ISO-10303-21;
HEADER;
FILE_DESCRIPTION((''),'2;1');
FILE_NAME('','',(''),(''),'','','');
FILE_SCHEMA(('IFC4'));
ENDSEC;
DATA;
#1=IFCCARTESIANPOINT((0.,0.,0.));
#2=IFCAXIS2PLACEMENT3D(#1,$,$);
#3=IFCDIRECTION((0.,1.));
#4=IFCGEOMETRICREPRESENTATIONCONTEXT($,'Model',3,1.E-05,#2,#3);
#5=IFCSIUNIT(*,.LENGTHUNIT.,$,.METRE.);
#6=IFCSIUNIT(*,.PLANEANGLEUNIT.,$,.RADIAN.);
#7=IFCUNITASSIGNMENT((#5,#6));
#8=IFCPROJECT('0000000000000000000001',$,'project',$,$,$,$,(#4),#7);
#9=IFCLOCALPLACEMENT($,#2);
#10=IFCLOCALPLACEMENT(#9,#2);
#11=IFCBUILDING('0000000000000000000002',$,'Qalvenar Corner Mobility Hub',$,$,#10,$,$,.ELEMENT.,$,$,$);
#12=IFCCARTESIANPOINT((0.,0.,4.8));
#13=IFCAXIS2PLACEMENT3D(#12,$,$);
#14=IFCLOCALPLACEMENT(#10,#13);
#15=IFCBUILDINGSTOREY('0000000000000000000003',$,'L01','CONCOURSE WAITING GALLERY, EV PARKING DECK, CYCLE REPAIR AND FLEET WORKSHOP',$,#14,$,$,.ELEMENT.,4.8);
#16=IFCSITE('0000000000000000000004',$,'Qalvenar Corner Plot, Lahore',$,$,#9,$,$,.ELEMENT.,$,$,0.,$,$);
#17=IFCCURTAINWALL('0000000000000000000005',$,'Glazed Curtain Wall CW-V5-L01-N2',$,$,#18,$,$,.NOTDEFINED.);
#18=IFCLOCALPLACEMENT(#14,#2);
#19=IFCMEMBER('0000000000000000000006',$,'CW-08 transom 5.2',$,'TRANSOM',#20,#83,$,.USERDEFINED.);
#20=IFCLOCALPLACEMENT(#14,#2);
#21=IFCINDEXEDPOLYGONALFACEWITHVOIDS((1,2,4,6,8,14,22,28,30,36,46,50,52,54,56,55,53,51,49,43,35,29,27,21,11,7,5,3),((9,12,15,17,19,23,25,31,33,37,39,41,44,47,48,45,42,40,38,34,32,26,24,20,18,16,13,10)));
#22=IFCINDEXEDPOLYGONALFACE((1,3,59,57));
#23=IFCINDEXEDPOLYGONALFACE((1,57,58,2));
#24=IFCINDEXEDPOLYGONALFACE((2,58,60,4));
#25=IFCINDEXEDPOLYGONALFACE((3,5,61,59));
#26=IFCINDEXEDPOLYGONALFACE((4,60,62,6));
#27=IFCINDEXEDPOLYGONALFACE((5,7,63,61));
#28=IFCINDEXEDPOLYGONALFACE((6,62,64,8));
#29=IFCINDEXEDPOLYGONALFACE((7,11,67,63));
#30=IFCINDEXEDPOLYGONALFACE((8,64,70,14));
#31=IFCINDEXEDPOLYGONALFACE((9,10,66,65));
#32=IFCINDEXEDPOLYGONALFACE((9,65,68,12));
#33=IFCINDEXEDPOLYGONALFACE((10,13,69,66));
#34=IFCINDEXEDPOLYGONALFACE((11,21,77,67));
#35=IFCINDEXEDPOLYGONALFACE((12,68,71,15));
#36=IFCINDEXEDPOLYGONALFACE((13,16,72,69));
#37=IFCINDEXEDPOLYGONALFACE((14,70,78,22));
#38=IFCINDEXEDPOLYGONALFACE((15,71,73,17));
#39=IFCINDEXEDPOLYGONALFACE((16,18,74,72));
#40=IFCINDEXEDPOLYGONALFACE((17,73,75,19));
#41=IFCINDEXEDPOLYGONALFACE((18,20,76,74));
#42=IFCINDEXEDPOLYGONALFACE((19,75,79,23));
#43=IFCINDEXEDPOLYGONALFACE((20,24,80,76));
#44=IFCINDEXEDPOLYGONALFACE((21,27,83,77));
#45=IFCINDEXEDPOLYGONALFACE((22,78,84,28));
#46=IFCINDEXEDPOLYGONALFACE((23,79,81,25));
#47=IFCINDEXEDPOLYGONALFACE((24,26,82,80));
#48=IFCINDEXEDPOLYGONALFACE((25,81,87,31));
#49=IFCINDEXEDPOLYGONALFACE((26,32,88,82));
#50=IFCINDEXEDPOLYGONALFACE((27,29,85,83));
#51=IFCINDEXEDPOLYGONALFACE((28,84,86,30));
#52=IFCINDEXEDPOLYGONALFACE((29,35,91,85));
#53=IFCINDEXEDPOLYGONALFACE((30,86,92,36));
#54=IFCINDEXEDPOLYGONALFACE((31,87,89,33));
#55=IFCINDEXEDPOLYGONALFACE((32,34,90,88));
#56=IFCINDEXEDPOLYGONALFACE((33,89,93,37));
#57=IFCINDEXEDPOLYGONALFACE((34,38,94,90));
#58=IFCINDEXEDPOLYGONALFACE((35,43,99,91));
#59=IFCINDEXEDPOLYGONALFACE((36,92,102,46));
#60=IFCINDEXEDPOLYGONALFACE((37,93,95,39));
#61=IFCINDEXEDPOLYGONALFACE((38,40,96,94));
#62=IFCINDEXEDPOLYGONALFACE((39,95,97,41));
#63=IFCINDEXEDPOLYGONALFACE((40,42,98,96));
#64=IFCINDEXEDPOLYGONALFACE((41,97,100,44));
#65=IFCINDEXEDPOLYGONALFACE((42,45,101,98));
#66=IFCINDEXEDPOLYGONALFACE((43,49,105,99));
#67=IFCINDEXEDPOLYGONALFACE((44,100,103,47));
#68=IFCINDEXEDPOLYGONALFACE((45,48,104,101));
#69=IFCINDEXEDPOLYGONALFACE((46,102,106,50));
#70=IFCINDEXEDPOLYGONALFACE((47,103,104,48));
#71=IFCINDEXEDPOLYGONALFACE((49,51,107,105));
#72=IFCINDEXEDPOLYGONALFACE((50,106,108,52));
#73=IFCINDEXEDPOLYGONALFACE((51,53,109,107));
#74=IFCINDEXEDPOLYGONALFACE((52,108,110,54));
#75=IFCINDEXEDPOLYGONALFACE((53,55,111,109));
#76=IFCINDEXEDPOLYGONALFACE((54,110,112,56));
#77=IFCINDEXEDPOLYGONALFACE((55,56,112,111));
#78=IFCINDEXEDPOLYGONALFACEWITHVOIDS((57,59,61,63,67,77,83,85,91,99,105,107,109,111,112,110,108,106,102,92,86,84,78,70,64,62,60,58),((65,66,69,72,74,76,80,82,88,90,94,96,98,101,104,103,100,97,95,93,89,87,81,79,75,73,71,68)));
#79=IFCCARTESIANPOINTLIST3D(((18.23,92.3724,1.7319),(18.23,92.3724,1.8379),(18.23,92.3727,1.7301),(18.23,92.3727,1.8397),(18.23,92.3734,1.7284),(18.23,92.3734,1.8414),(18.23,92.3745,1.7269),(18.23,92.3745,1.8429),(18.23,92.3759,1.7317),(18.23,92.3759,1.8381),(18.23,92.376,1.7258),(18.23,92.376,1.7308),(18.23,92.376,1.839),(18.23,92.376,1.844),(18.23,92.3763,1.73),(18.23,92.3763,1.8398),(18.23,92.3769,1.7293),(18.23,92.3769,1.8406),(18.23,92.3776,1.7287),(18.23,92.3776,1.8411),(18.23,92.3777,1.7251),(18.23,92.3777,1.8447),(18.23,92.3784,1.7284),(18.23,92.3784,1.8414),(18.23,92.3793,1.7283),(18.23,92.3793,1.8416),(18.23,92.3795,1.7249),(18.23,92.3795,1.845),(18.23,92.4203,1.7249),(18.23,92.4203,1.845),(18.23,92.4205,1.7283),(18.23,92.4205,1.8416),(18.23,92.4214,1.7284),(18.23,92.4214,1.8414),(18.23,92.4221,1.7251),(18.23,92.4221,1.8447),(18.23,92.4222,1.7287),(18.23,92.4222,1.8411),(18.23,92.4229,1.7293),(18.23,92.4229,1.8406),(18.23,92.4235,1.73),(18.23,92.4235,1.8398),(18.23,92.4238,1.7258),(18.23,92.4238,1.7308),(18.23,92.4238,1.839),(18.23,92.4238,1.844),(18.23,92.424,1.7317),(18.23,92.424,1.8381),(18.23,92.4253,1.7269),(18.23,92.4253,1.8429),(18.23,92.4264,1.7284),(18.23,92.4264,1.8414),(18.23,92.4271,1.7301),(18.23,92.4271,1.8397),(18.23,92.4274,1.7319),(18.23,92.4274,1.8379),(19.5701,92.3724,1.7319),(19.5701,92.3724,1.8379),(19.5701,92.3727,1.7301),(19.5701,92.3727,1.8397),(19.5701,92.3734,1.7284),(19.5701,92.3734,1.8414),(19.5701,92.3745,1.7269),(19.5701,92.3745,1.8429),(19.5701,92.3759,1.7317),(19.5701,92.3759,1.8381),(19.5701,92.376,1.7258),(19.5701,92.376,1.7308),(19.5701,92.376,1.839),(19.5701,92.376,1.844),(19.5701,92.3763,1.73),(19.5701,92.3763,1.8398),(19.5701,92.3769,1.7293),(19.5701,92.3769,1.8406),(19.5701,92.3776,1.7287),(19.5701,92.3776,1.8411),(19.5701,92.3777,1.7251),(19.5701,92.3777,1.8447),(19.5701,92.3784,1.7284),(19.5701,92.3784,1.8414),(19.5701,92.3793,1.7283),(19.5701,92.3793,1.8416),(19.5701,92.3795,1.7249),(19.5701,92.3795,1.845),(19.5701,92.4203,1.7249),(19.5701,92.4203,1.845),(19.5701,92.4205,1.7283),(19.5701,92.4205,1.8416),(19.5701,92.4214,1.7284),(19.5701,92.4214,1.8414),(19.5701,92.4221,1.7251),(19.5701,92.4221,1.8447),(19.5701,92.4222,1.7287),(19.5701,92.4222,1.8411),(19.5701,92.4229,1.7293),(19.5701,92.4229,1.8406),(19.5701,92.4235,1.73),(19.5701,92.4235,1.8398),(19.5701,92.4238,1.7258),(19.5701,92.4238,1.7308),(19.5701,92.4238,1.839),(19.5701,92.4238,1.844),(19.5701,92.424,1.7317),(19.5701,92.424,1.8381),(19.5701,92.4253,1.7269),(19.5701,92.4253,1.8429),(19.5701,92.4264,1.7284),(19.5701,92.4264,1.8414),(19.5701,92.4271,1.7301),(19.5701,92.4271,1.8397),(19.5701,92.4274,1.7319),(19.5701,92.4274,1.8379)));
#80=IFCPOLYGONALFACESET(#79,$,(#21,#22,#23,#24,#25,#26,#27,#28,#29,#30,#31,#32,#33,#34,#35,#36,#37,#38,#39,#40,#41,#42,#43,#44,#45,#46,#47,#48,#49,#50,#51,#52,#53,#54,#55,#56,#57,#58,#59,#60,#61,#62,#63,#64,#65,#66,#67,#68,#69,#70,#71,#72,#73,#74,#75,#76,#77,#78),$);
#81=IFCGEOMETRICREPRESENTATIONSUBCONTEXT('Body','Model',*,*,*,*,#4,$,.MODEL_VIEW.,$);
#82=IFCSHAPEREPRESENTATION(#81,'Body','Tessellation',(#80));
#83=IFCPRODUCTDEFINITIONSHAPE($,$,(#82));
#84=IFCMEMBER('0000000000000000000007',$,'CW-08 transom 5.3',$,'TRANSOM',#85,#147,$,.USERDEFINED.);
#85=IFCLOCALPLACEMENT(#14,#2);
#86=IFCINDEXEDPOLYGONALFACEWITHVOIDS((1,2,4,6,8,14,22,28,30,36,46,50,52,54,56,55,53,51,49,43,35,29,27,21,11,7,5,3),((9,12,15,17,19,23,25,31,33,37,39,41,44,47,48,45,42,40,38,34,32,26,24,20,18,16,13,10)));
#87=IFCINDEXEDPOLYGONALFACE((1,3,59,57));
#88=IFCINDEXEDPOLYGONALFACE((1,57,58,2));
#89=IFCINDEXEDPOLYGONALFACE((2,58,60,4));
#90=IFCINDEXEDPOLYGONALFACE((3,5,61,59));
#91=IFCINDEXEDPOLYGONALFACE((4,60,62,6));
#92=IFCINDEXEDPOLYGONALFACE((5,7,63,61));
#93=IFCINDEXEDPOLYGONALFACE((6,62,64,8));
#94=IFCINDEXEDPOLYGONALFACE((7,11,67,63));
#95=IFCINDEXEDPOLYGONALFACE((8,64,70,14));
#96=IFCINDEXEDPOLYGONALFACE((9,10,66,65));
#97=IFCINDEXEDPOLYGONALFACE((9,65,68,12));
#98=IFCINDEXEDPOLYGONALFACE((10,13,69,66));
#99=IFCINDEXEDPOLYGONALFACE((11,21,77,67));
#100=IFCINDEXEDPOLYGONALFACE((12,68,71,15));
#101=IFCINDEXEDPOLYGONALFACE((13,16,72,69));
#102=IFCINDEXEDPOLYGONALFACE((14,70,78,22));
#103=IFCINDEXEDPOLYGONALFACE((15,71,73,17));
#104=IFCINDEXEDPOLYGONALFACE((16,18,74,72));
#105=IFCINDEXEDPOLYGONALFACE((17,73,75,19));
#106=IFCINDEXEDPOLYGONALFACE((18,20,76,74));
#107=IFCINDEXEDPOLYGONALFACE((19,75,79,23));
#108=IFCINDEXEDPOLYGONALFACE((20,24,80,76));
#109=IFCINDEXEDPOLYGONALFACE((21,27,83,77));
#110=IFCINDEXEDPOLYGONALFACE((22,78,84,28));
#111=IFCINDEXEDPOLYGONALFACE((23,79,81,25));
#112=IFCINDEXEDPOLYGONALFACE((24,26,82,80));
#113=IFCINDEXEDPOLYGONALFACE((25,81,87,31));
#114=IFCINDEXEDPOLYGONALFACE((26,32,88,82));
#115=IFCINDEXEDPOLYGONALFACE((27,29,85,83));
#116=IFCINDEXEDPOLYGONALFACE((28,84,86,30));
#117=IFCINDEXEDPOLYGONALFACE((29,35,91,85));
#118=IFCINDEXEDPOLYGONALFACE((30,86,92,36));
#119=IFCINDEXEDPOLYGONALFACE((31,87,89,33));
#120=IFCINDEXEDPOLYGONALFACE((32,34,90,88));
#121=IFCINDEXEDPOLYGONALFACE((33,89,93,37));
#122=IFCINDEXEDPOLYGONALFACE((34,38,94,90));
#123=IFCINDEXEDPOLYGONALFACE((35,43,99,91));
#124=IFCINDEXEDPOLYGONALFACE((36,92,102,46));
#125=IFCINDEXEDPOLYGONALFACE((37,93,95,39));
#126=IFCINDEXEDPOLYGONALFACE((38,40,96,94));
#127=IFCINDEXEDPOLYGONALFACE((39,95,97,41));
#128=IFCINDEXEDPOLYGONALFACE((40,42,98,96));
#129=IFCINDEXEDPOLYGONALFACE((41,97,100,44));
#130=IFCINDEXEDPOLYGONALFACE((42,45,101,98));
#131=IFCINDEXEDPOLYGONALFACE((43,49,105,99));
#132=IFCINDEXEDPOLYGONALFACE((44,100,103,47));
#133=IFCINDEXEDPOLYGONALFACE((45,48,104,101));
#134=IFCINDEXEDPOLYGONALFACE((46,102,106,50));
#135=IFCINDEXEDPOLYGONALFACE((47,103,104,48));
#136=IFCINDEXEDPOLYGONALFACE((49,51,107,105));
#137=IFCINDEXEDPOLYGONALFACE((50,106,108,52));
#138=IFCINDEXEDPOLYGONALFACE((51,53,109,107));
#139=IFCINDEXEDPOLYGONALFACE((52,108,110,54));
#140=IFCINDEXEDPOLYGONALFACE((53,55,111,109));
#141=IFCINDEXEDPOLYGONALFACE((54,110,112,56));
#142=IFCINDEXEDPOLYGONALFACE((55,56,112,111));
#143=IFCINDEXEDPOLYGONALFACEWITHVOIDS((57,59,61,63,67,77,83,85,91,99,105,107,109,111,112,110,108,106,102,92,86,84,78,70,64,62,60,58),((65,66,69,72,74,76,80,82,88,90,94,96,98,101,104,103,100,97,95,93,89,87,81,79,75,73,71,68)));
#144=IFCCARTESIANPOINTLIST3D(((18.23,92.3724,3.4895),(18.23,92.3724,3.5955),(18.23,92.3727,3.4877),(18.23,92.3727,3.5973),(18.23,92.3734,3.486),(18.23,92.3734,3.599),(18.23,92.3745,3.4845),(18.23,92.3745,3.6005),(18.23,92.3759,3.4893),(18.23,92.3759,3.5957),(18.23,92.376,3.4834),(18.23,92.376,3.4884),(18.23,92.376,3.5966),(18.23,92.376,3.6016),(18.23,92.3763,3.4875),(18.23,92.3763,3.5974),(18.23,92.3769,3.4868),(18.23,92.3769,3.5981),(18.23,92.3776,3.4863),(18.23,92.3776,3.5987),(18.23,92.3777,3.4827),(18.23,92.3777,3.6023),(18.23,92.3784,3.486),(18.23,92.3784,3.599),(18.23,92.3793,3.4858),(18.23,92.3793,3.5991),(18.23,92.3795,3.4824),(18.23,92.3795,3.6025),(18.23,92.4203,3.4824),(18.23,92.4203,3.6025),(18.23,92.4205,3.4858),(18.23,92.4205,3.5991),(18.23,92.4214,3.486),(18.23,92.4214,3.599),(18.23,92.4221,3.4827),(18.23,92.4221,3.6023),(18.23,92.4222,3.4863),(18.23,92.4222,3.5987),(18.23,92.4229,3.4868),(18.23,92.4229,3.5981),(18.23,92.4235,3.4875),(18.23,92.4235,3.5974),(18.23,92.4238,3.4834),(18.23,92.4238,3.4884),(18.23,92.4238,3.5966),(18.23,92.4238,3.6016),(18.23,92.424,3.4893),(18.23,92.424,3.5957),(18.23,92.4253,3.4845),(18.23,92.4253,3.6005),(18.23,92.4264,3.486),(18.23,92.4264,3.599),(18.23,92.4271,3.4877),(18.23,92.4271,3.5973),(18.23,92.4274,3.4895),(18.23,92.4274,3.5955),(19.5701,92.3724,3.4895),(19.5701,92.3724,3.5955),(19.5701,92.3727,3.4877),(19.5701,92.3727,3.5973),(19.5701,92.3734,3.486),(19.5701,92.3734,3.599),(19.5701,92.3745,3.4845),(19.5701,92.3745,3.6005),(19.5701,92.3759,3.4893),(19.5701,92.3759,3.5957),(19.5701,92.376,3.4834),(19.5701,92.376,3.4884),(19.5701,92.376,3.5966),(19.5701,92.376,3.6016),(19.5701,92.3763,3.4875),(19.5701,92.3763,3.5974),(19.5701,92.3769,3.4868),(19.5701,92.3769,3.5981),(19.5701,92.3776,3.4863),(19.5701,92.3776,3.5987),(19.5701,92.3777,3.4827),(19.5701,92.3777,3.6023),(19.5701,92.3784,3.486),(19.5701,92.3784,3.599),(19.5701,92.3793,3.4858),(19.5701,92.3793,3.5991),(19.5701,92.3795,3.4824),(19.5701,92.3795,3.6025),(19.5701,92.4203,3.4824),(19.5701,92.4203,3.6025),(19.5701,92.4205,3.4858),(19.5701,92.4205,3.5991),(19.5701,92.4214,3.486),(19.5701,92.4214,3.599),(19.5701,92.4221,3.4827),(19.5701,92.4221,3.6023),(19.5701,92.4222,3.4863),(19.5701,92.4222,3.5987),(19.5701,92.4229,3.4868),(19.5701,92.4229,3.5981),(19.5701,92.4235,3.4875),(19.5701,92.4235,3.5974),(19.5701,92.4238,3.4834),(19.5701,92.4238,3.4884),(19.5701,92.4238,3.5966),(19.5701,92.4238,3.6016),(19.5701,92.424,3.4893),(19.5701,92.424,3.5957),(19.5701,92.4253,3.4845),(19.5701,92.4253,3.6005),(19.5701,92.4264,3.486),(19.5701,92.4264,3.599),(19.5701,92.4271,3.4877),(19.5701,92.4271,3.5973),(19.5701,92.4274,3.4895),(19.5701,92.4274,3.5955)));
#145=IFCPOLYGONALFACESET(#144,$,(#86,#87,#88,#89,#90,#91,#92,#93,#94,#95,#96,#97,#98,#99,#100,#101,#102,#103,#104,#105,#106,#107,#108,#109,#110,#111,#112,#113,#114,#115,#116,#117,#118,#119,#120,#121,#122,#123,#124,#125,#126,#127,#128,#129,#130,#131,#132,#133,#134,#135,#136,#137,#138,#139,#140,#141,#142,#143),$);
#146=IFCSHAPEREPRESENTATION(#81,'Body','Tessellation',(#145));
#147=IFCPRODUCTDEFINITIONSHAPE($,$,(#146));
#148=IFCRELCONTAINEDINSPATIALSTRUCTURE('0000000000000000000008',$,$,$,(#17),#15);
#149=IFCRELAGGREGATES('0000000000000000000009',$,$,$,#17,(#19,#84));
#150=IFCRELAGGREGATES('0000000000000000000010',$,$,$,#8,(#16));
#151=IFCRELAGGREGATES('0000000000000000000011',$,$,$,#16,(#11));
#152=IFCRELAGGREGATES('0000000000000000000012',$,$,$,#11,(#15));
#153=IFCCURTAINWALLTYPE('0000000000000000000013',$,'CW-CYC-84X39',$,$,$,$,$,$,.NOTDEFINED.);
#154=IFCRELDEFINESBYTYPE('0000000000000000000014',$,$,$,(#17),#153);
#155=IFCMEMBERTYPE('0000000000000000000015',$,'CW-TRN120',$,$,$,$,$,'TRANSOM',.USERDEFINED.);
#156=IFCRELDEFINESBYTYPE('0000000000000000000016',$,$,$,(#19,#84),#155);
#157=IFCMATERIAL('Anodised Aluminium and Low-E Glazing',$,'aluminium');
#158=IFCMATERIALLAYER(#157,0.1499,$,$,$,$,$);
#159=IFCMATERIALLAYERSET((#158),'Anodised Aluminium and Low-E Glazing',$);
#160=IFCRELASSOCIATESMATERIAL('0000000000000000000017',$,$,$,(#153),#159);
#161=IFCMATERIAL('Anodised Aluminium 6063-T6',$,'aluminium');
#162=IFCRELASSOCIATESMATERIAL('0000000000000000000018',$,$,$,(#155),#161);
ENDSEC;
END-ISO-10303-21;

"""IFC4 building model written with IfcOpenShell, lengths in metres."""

from ifc_helpers import new_model, si_unit, direction, frame, origin, origin_2d, place, context, subcontext, project, spatial, hollow_rectangle, extrude, material, layer, layer_set, material_profile, profile_set, type_object, element, aggregate, save


model = new_model("IFC4")

# Units and contexts
model_context = context("Model", 3, precision=1e-05, world=origin(), true_north=direction((0.0, 1.0)))
body_context = subcontext(model_context, "Body", "Model", "MODEL_VIEW")
ifc_project = project(units=[si_unit("LENGTHUNIT", "METRE"), si_unit("PLANEANGLEUNIT", "RADIAN")], contexts=[model_context])

# Site, building, storey
site_placement = place(None, origin())
site = spatial("IfcSite", under=ifc_project, at=site_placement, Name="Qalvenar Corner Plot, Lahore", CompositionType="ELEMENT", RefElevation=0.0)
building_placement = place(site_placement, origin())
building = spatial("IfcBuilding", under=site, at=building_placement, Name="Qalvenar Corner Mobility Hub", CompositionType="ELEMENT")
storey_placement = place(building_placement, frame((0.0, 0.0, 4.8)))
storey = spatial("IfcBuildingStorey", under=building, at=storey_placement, Name="L01", Description="CONCOURSE WAITING GALLERY, EV PARKING DECK, CYCLE REPAIR AND FLEET WORKSHOP", CompositionType="ELEMENT", Elevation=4.8)

# Curtain wall, members
ifc_material_1 = material(Name="Anodised Aluminium and Low-E Glazing", Category="aluminium")
ifc_layer_1 = layer(ifc_material_1, 0.1499)
ifc_layer_set_1 = layer_set([ifc_layer_1], Name="Anodised Aluminium and Low-E Glazing")
curtain_wall_type = type_object("IfcCurtainWallType", Name="CW-CYC-84X39", PredefinedType="NOTDEFINED", material=ifc_layer_set_1)
curtain_wall_placement = place(storey_placement, origin())
curtain_wall = element("IfcCurtainWall", 1, at=curtain_wall_placement, inside=storey, type_object=curtain_wall_type, Name="Glazed Curtain Wall CW-V5-L01-N2", PredefinedType="NOTDEFINED")
ifc_material_2 = material(Name="Anodised Aluminium 6063-T6", Category="aluminium")
ifc_material_profile_1 = material_profile(ifc_material_2, hollow_rectangle(XDim=0.0549, YDim=0.1201, WallThickness=0.0034, InnerFilletRadius=0.0034, OuterFilletRadius=0.0071, at=origin_2d()), Name="RHS120x55x3.5")
ifc_profile_set_1 = profile_set([ifc_material_profile_1], Name="Anodised Aluminium 6063-T6")
member_type_1 = type_object("IfcMemberType", Name="CW-TRN120", ElementType="TRANSOM", PredefinedType="USERDEFINED", material=ifc_profile_set_1)
member_1_placement = place(storey_placement, frame((19.5701, 92.3999, 1.7849), z_axis=(-1.0, 0.0, 0.0), x_axis=(0.0, -1.0, 0.0)))
member_1 = element("IfcMember", 2, at=member_1_placement, type_object=member_type_1, Name="CW-08 transom 5.2", ObjectType="TRANSOM", PredefinedType="USERDEFINED", context=body_context, shape_type="SweptSolid", body=[
    extrude(hollow_rectangle(XDim=0.0549, YDim=0.1201, WallThickness=0.0034, InnerFilletRadius=0.0034, OuterFilletRadius=0.0071, at=origin_2d()), origin(), (0.0, 0.0, 1.0), 1.3401),
])
member_2_placement = place(storey_placement, frame((19.5701, 92.3999, 3.5425), z_axis=(-1.0, 0.0, 0.0), x_axis=(0.0, -1.0, 0.0)))
member_2 = element("IfcMember", 3, at=member_2_placement, type_object=member_type_1, Name="CW-08 transom 5.3", ObjectType="TRANSOM", PredefinedType="USERDEFINED", context=body_context, shape_type="SweptSolid", body=[
    extrude(hollow_rectangle(XDim=0.0549, YDim=0.1201, WallThickness=0.0034, InnerFilletRadius=0.0034, OuterFilletRadius=0.0071, at=origin_2d()), origin(), (0.0, 0.0, 1.0), 1.3401),
])
aggregate(curtain_wall, [member_1, member_2])

save(model, "model.ifc")
